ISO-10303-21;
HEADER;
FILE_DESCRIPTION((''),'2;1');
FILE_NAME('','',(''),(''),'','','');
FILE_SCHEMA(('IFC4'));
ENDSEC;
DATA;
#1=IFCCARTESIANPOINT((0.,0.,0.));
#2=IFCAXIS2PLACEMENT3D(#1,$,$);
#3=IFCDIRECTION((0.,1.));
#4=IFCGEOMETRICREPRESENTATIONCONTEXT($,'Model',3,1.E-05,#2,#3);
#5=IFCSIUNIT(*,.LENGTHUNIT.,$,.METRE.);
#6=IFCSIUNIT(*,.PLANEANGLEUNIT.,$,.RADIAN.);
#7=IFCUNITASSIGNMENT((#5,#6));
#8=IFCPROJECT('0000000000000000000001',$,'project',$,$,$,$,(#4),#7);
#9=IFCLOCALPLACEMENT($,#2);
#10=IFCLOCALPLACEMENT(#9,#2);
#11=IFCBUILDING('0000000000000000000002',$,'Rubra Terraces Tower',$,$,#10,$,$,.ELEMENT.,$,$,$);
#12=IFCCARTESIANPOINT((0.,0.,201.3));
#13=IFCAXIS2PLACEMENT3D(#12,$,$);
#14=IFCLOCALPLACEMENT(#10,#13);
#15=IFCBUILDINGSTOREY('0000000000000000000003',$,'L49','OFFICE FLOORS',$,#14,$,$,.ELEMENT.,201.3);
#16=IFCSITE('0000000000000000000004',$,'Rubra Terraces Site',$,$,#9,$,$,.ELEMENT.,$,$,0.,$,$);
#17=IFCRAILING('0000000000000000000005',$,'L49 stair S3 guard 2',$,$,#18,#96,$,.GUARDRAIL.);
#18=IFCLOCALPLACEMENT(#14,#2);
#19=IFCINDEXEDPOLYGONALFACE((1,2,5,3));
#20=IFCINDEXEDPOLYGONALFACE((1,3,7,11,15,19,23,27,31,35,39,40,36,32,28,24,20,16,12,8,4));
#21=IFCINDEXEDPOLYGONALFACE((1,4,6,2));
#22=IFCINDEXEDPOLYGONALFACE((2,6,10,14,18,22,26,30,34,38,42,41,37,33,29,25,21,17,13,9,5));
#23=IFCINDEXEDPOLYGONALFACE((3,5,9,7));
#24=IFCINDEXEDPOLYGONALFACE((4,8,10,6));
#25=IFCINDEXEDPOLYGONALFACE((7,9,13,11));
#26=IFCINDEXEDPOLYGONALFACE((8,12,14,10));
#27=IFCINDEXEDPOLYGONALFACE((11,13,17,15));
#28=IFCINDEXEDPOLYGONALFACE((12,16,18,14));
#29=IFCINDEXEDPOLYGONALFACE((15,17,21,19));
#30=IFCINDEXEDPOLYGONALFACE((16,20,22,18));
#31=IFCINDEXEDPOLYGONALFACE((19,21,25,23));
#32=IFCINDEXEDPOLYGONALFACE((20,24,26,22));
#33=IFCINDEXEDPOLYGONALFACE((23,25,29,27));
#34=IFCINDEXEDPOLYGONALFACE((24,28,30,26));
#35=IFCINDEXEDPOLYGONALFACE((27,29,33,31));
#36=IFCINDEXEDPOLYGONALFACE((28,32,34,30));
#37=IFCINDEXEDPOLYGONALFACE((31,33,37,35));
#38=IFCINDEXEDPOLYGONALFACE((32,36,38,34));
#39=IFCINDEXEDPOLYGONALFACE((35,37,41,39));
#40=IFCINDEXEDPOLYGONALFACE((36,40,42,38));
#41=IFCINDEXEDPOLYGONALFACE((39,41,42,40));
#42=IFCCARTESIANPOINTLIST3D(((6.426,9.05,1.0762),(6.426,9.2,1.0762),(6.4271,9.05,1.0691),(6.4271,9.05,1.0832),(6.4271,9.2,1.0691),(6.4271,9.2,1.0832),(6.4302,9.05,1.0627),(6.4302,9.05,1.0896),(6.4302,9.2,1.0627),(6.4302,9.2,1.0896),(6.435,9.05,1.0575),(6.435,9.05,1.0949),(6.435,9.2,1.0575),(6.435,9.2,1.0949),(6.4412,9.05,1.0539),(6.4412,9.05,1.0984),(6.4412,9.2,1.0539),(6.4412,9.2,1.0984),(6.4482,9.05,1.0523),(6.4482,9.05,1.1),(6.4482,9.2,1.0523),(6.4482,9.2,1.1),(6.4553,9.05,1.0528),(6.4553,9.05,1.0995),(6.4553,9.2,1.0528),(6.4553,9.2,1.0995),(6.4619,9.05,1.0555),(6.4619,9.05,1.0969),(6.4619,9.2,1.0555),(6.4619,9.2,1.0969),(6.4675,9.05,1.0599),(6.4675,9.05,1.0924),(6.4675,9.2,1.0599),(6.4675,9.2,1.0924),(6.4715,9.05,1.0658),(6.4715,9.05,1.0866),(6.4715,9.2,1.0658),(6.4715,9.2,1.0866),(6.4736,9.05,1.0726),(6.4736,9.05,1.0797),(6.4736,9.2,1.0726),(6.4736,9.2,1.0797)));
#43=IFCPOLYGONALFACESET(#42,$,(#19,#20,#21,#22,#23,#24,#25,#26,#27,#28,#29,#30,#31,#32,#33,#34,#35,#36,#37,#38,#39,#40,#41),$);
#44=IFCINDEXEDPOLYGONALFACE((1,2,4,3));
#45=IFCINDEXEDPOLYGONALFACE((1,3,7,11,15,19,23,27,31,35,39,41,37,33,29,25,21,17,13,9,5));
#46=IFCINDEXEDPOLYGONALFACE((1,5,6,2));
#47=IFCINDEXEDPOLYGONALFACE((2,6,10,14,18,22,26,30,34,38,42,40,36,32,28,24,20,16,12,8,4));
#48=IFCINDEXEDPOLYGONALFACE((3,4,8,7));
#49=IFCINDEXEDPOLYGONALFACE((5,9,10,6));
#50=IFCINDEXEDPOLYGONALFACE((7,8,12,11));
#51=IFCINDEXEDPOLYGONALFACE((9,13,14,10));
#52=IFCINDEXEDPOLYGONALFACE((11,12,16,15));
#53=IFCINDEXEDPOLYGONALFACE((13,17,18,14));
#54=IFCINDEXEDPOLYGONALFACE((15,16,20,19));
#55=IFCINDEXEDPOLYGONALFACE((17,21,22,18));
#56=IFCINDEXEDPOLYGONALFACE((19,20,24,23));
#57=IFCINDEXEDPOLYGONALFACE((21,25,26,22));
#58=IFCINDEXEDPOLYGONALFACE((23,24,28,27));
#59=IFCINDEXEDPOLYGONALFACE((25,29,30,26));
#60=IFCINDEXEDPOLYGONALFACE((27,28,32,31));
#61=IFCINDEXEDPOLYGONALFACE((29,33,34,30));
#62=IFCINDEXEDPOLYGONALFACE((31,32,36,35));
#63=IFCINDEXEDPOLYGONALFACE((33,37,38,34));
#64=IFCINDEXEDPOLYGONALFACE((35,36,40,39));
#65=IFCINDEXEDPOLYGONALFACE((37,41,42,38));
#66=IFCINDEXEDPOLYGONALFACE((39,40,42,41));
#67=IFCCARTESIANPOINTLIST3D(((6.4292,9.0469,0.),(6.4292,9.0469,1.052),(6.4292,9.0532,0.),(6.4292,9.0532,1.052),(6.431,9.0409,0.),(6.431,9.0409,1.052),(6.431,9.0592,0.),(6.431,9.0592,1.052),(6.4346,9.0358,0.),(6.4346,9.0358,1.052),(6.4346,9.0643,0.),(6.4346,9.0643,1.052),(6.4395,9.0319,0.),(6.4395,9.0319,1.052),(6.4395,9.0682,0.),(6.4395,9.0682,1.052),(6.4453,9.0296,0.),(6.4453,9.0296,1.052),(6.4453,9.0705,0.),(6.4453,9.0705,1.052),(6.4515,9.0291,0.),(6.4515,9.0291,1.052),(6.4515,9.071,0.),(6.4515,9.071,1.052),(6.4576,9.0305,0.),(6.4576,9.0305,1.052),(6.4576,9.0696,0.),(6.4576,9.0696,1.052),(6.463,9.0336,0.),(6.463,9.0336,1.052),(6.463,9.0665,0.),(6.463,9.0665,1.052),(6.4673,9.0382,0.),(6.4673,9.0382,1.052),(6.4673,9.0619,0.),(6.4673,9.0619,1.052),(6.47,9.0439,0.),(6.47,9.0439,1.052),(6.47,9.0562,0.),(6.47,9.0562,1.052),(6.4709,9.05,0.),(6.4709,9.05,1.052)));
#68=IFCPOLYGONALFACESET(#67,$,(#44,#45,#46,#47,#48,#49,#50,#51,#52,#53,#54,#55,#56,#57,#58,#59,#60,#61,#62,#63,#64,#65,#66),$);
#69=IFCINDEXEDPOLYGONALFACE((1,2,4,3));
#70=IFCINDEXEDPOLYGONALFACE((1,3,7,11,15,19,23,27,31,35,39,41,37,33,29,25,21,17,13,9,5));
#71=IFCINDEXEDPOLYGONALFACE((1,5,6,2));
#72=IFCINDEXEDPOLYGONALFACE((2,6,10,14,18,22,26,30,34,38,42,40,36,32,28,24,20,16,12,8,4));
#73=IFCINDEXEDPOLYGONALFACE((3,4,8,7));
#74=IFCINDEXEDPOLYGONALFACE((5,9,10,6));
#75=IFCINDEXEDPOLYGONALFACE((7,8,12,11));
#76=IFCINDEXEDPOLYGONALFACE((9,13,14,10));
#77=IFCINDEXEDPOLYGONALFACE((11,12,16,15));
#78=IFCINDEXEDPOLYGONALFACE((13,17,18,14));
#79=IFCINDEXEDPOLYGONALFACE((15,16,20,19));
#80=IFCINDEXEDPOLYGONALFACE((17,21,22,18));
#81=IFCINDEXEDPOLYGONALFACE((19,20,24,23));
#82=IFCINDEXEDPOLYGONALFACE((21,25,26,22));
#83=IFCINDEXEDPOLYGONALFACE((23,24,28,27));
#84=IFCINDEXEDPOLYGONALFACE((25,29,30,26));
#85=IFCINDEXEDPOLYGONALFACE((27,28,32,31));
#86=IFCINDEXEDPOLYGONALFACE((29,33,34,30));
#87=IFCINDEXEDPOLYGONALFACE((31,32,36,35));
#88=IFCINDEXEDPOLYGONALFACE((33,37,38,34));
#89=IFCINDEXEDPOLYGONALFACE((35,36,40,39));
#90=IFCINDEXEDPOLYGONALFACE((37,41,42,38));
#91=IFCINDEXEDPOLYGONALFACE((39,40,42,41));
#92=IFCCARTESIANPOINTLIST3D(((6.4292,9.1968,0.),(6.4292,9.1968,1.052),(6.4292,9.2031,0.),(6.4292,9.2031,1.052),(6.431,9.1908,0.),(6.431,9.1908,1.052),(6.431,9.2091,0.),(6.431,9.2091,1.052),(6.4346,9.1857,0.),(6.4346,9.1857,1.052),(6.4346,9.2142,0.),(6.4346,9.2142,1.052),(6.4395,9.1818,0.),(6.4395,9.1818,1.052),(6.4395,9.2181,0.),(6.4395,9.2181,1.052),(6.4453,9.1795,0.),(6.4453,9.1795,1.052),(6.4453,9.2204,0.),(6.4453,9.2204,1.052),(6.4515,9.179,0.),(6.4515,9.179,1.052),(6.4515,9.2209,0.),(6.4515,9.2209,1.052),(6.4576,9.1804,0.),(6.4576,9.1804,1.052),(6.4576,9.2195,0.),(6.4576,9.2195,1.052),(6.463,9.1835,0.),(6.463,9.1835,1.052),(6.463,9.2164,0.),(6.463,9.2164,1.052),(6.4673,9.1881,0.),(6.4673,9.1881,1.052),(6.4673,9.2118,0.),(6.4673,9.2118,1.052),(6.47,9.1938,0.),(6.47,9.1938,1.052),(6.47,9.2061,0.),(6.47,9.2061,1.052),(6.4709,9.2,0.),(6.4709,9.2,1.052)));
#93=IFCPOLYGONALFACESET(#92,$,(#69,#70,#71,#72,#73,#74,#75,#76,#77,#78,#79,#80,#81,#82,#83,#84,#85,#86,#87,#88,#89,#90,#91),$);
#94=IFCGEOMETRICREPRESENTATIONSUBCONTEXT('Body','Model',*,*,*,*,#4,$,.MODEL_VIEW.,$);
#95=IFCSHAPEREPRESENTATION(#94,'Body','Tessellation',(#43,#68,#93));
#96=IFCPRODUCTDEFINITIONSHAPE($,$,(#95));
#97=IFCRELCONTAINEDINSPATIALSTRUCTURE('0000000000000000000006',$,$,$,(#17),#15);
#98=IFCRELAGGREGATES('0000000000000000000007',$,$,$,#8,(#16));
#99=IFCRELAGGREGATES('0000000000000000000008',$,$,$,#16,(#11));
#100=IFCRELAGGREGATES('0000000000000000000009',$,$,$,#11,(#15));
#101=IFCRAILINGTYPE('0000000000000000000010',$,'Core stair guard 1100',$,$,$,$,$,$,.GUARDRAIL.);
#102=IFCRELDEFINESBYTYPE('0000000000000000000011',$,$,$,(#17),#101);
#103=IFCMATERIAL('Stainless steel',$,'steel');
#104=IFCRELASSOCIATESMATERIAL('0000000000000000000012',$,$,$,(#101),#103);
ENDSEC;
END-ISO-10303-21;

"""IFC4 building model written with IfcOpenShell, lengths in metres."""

from ifc_helpers import new_model, si_unit, direction, frame, origin, origin_2d, place, context, subcontext, project, spatial, circle, extrude, material, type_object, element, save


model = new_model("IFC4")

# Units and contexts
model_context = context("Model", 3, precision=1e-05, world=origin(), true_north=direction((0.0, 1.0)))
body_context = subcontext(model_context, "Body", "Model", "MODEL_VIEW")
ifc_project = project(units=[si_unit("LENGTHUNIT", "METRE"), si_unit("PLANEANGLEUNIT", "RADIAN")], contexts=[model_context])

# Site, building, storey
site_placement = place(None, origin())
site = spatial("IfcSite", under=ifc_project, at=site_placement, Name="Rubra Terraces Site", CompositionType="ELEMENT", RefElevation=0.0)
building_placement = place(site_placement, origin())
building = spatial("IfcBuilding", under=site, at=building_placement, Name="Rubra Terraces Tower", CompositionType="ELEMENT")
storey_placement = place(building_placement, frame((0.0, 0.0, 201.3)))
storey = spatial("IfcBuildingStorey", under=building, at=storey_placement, Name="L49", Description="OFFICE FLOORS", CompositionType="ELEMENT", Elevation=201.3)

# Shared definitions
ifc_material_1 = material(Name="Stainless steel", Category="steel")

# Railing
railing_type_1 = type_object("IfcRailingType", Name="Core stair guard 1100", PredefinedType="GUARDRAIL", material=ifc_material_1)
railing_1_placement = place(storey_placement, frame((6.45, 9.05, 0.0)))
element("IfcRailing", 1, at=railing_1_placement, inside=storey, type_object=railing_type_1, Name="L49 stair S3 guard 2", PredefinedType="GUARDRAIL", context=body_context, shape_type="SweptSolid", body=[
    extrude(circle(Radius=0.0239, at=origin_2d()), frame((0.0, 0.0, 1.0762), z_axis=(0.0, 1.0, 0.0), x_axis=(-1.0, 0.0, 0.0)), (0.0, 0.0, 1.0), 0.1499),
    extrude(circle(Radius=0.021, at=origin_2d()), origin(), (0.0, 0.0, 1.0), 1.052),
    extrude(circle(Radius=0.021, at=origin_2d()), frame((0.0, 0.1499, 0.0)), (0.0, 0.0, 1.0), 1.052),
])

save(model, "model.ifc")
